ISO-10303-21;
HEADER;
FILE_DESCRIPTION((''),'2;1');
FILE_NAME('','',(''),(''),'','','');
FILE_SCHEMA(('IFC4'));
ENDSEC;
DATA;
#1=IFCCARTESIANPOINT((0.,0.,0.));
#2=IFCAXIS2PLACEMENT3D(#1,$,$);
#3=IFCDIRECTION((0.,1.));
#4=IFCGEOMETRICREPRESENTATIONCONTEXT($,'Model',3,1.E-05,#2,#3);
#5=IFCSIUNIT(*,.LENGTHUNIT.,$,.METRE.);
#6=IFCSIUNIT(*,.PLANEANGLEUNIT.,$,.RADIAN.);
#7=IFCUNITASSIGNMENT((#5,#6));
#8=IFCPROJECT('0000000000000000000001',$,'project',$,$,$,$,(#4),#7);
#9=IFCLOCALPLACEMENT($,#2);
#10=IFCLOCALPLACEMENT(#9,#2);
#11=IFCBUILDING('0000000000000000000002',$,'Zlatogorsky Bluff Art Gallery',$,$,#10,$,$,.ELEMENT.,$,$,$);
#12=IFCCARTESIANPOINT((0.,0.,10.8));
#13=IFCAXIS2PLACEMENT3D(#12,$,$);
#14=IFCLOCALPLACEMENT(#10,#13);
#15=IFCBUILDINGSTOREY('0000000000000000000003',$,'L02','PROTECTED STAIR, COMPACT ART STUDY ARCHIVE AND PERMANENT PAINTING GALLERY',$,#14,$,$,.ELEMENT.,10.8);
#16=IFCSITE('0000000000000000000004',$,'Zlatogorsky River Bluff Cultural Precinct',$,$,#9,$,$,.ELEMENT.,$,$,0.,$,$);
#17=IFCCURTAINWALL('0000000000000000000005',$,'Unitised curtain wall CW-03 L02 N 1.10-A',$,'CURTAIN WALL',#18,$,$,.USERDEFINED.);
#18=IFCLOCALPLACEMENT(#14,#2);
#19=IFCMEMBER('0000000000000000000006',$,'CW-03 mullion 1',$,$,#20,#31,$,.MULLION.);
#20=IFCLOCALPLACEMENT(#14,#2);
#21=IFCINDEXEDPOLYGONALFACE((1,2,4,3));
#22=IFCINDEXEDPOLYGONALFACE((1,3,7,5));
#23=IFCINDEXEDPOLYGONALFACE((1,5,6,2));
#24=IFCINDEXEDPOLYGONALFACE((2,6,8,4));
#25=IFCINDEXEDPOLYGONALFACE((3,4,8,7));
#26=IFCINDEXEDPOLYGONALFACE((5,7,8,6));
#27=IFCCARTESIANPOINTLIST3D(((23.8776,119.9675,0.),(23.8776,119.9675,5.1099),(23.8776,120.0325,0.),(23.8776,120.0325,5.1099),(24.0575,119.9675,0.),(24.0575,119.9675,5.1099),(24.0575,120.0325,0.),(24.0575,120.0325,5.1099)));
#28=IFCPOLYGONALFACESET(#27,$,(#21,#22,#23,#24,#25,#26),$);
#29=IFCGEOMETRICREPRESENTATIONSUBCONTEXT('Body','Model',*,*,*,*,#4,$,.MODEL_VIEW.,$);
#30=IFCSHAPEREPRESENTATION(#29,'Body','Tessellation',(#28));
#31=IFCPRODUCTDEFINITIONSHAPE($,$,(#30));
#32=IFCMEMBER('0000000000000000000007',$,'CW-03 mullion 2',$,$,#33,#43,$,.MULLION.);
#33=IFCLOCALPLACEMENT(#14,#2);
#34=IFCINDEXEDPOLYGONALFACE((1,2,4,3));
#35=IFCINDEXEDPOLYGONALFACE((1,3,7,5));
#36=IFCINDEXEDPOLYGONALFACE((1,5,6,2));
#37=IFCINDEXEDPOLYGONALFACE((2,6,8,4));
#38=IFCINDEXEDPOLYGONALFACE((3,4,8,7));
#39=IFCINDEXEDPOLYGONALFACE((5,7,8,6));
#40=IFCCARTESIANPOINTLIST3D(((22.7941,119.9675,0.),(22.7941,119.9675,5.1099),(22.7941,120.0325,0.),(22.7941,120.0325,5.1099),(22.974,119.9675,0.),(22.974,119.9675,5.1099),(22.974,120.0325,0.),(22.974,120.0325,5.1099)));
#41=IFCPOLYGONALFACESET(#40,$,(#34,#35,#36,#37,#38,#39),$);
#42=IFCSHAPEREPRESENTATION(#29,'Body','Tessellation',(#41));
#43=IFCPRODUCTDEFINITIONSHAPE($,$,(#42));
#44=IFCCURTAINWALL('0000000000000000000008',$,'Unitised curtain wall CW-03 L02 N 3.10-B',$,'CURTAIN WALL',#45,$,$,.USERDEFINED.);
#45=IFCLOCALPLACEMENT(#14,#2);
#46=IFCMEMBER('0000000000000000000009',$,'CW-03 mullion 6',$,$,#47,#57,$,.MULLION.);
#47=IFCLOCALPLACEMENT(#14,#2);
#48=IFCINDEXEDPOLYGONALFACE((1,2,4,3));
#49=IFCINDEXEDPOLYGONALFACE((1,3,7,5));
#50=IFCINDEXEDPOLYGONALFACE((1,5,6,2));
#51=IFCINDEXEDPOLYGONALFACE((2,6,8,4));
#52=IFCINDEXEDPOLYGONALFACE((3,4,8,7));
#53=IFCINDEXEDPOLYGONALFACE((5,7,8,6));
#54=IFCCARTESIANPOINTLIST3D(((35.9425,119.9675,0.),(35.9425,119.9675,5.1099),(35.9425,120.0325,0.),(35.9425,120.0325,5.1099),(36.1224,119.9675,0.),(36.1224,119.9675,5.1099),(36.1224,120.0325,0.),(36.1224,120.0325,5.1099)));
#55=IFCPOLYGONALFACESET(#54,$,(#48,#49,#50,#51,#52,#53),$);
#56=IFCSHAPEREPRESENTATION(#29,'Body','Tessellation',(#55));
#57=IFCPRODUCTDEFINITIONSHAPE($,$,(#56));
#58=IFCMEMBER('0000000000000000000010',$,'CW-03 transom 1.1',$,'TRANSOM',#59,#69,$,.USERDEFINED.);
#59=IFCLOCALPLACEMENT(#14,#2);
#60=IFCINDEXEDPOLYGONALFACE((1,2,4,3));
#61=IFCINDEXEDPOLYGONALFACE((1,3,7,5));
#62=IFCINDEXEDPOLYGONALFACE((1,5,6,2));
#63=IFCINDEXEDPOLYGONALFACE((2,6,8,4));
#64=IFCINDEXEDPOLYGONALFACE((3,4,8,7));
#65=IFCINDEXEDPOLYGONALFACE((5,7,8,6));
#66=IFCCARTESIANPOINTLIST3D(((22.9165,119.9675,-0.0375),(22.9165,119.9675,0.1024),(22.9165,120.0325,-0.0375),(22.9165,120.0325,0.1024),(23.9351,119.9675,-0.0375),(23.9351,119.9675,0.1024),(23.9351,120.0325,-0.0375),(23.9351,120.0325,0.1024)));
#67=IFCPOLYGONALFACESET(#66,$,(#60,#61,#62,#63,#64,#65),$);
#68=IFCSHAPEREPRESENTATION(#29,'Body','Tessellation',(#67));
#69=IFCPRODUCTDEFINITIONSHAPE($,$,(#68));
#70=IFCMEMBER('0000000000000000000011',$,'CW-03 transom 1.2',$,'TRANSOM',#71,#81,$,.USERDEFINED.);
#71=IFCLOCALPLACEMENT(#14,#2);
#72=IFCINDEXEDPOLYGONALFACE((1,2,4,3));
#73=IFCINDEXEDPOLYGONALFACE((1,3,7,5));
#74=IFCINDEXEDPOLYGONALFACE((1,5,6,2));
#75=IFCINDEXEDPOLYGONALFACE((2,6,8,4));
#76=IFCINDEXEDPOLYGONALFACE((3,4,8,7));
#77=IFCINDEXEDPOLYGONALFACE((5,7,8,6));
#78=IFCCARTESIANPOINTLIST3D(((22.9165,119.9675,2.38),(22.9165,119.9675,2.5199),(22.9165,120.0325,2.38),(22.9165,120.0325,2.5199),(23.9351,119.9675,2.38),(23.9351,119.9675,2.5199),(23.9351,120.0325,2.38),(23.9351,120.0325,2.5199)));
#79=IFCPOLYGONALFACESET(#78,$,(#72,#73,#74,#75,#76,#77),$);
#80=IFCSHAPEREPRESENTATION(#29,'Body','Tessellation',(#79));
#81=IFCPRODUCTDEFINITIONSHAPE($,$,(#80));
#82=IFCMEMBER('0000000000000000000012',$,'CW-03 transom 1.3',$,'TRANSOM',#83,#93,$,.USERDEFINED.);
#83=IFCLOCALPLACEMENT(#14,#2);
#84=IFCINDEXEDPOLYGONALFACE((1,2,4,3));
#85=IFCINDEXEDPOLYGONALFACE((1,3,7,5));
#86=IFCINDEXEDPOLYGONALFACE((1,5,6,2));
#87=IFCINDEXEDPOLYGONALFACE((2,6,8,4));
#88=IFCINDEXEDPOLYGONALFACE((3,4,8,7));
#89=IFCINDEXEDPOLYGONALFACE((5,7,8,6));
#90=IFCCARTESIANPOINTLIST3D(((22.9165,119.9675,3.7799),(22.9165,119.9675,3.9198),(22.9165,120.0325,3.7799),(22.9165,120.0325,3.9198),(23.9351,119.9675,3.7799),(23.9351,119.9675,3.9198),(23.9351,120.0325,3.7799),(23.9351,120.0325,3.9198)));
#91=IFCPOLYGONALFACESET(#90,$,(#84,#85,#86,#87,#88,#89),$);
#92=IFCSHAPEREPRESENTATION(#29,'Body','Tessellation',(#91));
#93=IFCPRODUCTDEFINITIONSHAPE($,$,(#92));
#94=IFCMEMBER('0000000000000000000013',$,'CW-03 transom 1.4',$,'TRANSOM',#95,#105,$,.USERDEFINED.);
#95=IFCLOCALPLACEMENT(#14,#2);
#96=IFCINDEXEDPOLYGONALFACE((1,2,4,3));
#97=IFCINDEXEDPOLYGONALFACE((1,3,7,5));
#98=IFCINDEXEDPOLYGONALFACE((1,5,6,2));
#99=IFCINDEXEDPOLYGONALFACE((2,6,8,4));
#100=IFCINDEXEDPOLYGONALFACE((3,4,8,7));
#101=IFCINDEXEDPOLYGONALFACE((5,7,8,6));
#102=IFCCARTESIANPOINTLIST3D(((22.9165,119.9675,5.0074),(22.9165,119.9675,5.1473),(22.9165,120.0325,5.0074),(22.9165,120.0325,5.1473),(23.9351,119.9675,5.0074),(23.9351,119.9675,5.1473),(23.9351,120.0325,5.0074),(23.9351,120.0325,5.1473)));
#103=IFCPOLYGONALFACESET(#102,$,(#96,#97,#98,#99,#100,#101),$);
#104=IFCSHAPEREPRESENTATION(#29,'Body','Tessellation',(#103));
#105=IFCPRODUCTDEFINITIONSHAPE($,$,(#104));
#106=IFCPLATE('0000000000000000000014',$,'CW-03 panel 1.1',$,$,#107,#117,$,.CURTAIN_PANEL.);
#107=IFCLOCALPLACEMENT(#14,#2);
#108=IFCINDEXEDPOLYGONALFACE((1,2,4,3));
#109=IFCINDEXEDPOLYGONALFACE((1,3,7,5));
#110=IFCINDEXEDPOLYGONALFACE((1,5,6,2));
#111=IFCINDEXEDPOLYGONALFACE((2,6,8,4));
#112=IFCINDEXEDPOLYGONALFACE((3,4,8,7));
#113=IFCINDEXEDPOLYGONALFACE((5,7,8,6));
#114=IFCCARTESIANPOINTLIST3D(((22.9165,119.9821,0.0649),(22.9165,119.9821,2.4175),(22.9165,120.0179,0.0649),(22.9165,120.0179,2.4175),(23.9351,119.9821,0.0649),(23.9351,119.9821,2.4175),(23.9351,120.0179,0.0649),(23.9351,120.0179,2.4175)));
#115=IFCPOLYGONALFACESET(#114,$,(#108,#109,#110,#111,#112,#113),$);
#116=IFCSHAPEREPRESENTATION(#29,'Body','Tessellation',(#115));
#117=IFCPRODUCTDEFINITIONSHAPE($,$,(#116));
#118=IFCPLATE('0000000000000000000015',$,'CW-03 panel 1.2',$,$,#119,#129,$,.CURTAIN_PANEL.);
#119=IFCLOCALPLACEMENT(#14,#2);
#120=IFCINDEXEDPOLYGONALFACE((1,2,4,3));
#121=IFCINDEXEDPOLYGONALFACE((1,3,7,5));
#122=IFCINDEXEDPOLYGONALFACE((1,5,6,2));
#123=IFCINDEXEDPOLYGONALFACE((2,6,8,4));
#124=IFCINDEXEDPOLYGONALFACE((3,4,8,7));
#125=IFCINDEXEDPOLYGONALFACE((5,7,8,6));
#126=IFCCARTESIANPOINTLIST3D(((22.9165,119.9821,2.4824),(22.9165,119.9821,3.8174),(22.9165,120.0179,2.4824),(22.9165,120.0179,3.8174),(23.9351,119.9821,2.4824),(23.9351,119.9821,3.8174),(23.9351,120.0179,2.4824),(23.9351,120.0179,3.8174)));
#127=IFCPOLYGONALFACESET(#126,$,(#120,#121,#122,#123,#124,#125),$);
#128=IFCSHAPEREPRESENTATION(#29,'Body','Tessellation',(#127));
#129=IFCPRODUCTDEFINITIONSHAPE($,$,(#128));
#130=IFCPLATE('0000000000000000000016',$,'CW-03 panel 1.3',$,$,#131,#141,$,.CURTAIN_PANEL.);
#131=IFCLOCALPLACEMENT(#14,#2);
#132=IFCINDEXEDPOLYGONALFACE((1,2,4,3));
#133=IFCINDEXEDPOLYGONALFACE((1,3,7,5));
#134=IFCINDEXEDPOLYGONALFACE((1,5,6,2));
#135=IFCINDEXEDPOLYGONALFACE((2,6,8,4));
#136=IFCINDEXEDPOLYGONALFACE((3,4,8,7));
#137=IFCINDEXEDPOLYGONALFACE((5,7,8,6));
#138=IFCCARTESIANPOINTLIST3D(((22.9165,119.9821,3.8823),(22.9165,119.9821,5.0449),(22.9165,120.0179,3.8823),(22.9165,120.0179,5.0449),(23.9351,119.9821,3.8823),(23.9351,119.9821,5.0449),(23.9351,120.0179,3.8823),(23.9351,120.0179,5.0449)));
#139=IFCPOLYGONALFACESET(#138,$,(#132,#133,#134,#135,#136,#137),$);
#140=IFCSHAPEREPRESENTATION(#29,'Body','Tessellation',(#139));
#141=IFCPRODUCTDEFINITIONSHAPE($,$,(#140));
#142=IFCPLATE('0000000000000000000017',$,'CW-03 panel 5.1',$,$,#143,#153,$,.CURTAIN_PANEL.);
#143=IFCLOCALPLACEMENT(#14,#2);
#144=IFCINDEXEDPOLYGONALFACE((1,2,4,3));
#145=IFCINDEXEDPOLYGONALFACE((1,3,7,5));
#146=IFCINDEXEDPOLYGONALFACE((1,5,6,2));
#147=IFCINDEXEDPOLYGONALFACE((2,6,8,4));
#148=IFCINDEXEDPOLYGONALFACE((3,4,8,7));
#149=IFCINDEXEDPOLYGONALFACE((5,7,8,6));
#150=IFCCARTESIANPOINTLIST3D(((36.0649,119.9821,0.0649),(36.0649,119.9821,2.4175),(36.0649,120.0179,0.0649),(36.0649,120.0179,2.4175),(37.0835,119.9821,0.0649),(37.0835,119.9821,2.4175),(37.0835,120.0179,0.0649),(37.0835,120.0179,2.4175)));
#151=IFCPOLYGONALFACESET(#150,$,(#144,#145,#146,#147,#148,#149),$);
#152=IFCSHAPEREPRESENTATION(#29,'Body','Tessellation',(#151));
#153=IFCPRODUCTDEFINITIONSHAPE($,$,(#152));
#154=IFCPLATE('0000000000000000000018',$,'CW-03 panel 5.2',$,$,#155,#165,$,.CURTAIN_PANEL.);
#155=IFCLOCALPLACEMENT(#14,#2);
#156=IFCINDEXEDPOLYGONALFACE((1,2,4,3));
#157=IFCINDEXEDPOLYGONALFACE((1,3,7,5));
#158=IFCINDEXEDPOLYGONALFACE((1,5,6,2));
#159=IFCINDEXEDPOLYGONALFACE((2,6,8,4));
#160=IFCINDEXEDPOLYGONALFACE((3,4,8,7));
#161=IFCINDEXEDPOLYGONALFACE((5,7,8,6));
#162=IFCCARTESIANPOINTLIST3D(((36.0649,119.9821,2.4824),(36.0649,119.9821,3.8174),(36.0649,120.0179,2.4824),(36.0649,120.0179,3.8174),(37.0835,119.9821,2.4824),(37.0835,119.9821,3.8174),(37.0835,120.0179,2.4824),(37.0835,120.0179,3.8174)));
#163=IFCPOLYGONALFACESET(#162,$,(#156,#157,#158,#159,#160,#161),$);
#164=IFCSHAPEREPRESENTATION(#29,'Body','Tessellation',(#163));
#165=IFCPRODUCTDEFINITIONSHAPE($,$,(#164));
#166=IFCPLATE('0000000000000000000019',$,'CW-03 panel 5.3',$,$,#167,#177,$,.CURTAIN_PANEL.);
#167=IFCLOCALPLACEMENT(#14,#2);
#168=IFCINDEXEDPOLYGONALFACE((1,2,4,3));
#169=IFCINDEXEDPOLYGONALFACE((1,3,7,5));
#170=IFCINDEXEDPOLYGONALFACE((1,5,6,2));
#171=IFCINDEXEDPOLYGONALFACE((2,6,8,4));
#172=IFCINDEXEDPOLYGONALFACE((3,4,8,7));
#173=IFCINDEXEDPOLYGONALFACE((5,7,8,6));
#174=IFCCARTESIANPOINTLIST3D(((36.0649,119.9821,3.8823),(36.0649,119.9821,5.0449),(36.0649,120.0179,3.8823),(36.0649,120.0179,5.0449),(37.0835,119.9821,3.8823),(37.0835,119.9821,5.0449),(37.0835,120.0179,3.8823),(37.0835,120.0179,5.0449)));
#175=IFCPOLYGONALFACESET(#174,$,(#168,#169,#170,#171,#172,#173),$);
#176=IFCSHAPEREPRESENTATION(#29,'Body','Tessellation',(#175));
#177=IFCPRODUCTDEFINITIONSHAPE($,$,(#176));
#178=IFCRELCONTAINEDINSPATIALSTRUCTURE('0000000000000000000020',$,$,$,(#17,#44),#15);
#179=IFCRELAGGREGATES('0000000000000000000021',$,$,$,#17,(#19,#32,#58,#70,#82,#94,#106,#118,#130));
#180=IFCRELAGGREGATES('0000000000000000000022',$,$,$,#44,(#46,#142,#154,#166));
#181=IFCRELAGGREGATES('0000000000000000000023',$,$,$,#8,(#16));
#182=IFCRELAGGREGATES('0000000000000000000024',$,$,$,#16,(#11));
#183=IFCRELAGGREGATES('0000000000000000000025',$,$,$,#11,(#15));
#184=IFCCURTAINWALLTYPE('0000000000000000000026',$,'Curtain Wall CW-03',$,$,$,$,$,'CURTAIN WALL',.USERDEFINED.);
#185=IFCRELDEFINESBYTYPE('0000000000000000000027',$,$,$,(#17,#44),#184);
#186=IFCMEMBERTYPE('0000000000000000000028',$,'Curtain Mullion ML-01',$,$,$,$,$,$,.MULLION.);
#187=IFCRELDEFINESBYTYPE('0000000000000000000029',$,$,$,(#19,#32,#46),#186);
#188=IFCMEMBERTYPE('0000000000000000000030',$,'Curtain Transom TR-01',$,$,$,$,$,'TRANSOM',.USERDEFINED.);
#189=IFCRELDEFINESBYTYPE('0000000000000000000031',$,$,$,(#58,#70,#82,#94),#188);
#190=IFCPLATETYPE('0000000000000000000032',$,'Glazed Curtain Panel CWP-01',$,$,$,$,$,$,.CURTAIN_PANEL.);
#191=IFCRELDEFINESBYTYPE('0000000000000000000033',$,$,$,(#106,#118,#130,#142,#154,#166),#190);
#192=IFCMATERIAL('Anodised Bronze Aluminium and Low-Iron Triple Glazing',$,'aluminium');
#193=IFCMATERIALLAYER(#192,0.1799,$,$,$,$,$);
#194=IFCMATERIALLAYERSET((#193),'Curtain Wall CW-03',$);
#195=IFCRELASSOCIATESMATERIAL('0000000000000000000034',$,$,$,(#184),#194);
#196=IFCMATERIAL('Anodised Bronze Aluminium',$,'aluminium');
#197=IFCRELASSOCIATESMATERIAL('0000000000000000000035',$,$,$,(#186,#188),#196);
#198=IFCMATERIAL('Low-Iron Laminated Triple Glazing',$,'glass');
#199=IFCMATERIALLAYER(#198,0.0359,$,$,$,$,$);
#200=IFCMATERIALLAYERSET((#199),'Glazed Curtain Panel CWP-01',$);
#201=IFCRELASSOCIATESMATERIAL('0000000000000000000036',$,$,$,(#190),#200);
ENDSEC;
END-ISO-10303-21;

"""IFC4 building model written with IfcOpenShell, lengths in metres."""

from ifc_helpers import new_model, si_unit, direction, frame, origin, origin_2d, place, context, subcontext, project, spatial, rectangle, extrude, material, layer, layer_set, material_profile, profile_set, type_object, element, aggregate, save


model = new_model("IFC4")

# Units and contexts
model_context = context("Model", 3, precision=1e-05, world=origin(), true_north=direction((0.0, 1.0)))
body_context = subcontext(model_context, "Body", "Model", "MODEL_VIEW")
ifc_project = project(units=[si_unit("LENGTHUNIT", "METRE"), si_unit("PLANEANGLEUNIT", "RADIAN")], contexts=[model_context])

# Site, building, storey
site_placement = place(None, origin())
site = spatial("IfcSite", under=ifc_project, at=site_placement, Name="Zlatogorsky River Bluff Cultural Precinct", CompositionType="ELEMENT", RefElevation=0.0)
building_placement = place(site_placement, origin())
building = spatial("IfcBuilding", under=site, at=building_placement, Name="Zlatogorsky Bluff Art Gallery", CompositionType="ELEMENT")
storey_placement = place(building_placement, frame((0.0, 0.0, 10.8)))
storey = spatial("IfcBuildingStorey", under=building, at=storey_placement, Name="L02", Description="PROTECTED STAIR, COMPACT ART STUDY ARCHIVE AND PERMANENT PAINTING GALLERY", CompositionType="ELEMENT", Elevation=10.8)

# Curtain wall, members
ifc_material_1 = material(Name="Anodised Bronze Aluminium and Low-Iron Triple Glazing", Category="aluminium")
ifc_layer_1 = layer(ifc_material_1, 0.1799)
ifc_layer_set_1 = layer_set([ifc_layer_1], Name="Curtain Wall CW-03")
curtain_wall_type = type_object("IfcCurtainWallType", Name="Curtain Wall CW-03", ElementType="CURTAIN WALL", PredefinedType="USERDEFINED", material=ifc_layer_set_1)
curtain_wall_1_placement = place(storey_placement, origin())
curtain_wall_1 = element("IfcCurtainWall", 1, at=curtain_wall_1_placement, inside=storey, type_object=curtain_wall_type, Name="Unitised curtain wall CW-03 L02 N 1.10-A", ObjectType="CURTAIN WALL", PredefinedType="USERDEFINED")
ifc_material_2 = material(Name="Anodised Bronze Aluminium", Category="aluminium")
ifc_material_profile_1 = material_profile(ifc_material_2, rectangle(XDim=0.0649, YDim=0.1799, at=origin_2d()), Name="ALU MULLION 65x180")
ifc_profile_set_1 = profile_set([ifc_material_profile_1], Name="Anodised Bronze Aluminium")
member_type_1 = type_object("IfcMemberType", Name="Curtain Mullion ML-01", PredefinedType="MULLION", material=ifc_profile_set_1)
member_1_placement = place(storey_placement, frame((23.9675, 120.0, 0.0), z_axis=(0.0, 0.0, 1.0), x_axis=(0.0, -1.0, 0.0)))
member_1 = element("IfcMember", 2, at=member_1_placement, type_object=member_type_1, Name="CW-03 mullion 1", PredefinedType="MULLION", context=body_context, shape_type="SweptSolid", body=[
    extrude(rectangle(XDim=0.0649, YDim=0.1799, at=origin_2d()), origin(), (0.0, 0.0, 1.0), 5.1099),
])
member_2_placement = place(storey_placement, frame((22.884, 120.0, 0.0), z_axis=(0.0, 0.0, 1.0), x_axis=(0.0, -1.0, 0.0)))
member_2 = element("IfcMember", 3, at=member_2_placement, type_object=member_type_1, Name="CW-03 mullion 2", PredefinedType="MULLION", context=body_context, shape_type="SweptSolid", body=[
    extrude(rectangle(XDim=0.0649, YDim=0.1799, at=origin_2d()), origin(), (0.0, 0.0, 1.0), 5.1099),
])

# Curtain wall, member
curtain_wall_2_placement = place(storey_placement, origin())
curtain_wall_2 = element("IfcCurtainWall", 4, at=curtain_wall_2_placement, inside=storey, type_object=curtain_wall_type, Name="Unitised curtain wall CW-03 L02 N 3.10-B", ObjectType="CURTAIN WALL", PredefinedType="USERDEFINED")
member_3_placement = place(storey_placement, frame((36.0325, 120.0, 0.0), z_axis=(0.0, 0.0, 1.0), x_axis=(0.0, -1.0, 0.0)))
member_3 = element("IfcMember", 5, at=member_3_placement, type_object=member_type_1, Name="CW-03 mullion 6", PredefinedType="MULLION", context=body_context, shape_type="SweptSolid", body=[
    extrude(rectangle(XDim=0.0649, YDim=0.1799, at=origin_2d()), origin(), (0.0, 0.0, 1.0), 5.1099),
])

# Members
ifc_material_profile_2 = material_profile(ifc_material_2, rectangle(XDim=0.0649, YDim=0.1399, at=origin_2d()), Name="ALU TRANSOM 65x140")
ifc_profile_set_2 = profile_set([ifc_material_profile_2], Name="Anodised Bronze Aluminium")
member_type_2 = type_object("IfcMemberType", Name="Curtain Transom TR-01", ElementType="TRANSOM", PredefinedType="USERDEFINED", material=ifc_profile_set_2)
member_4_placement = place(storey_placement, frame((23.9351, 120.0, 0.0325), z_axis=(-1.0, 0.0, 0.0), x_axis=(0.0, -1.0, 0.0)))
member_4 = element("IfcMember", 6, at=member_4_placement, type_object=member_type_2, Name="CW-03 transom 1.1", ObjectType="TRANSOM", PredefinedType="USERDEFINED", context=body_context, shape_type="SweptSolid", body=[
    extrude(rectangle(XDim=0.0649, YDim=0.1399, at=origin_2d()), origin(), (0.0, 0.0, 1.0), 1.0186),
])
member_5_placement = place(storey_placement, frame((23.9351, 120.0, 2.45), z_axis=(-1.0, 0.0, 0.0), x_axis=(0.0, -1.0, 0.0)))
member_5 = element("IfcMember", 7, at=member_5_placement, type_object=member_type_2, Name="CW-03 transom 1.2", ObjectType="TRANSOM", PredefinedType="USERDEFINED", context=body_context, shape_type="SweptSolid", body=[
    extrude(rectangle(XDim=0.0649, YDim=0.1399, at=origin_2d()), origin(), (0.0, 0.0, 1.0), 1.0186),
])
member_6_placement = place(storey_placement, frame((23.9351, 120.0, 3.8499), z_axis=(-1.0, 0.0, 0.0), x_axis=(0.0, -1.0, 0.0)))
member_6 = element("IfcMember", 8, at=member_6_placement, type_object=member_type_2, Name="CW-03 transom 1.3", ObjectType="TRANSOM", PredefinedType="USERDEFINED", context=body_context, shape_type="SweptSolid", body=[
    extrude(rectangle(XDim=0.0649, YDim=0.1399, at=origin_2d()), origin(), (0.0, 0.0, 1.0), 1.0186),
])
member_7_placement = place(storey_placement, frame((23.9351, 120.0, 5.0774), z_axis=(-1.0, 0.0, 0.0), x_axis=(0.0, -1.0, 0.0)))
member_7 = element("IfcMember", 9, at=member_7_placement, type_object=member_type_2, Name="CW-03 transom 1.4", ObjectType="TRANSOM", PredefinedType="USERDEFINED", context=body_context, shape_type="SweptSolid", body=[
    extrude(rectangle(XDim=0.0649, YDim=0.1399, at=origin_2d()), origin(), (0.0, 0.0, 1.0), 1.0186),
])

# Plates
ifc_material_3 = material(Name="Low-Iron Laminated Triple Glazing", Category="glass")
ifc_layer_2 = layer(ifc_material_3, 0.0359)
ifc_layer_set_2 = layer_set([ifc_layer_2], Name="Glazed Curtain Panel CWP-01")
plate_type = type_object("IfcPlateType", Name="Glazed Curtain Panel CWP-01", PredefinedType="CURTAIN_PANEL", material=ifc_layer_set_2)
plate_1_placement = place(storey_placement, frame((23.4258, 120.0, 0.0649), z_axis=(0.0, 0.0, 1.0), x_axis=(-1.0, 0.0, 0.0)))
plate_1 = element("IfcPlate", 10, at=plate_1_placement, type_object=plate_type, Name="CW-03 panel 1.1", PredefinedType="CURTAIN_PANEL", context=body_context, shape_type="SweptSolid", body=[
    extrude(rectangle(XDim=1.0186, YDim=0.0359, at=origin_2d()), origin(), (0.0, 0.0, 1.0), 2.3525),
])
plate_2_placement = place(storey_placement, frame((23.4258, 120.0, 2.4824), z_axis=(0.0, 0.0, 1.0), x_axis=(-1.0, 0.0, 0.0)))
plate_2 = element("IfcPlate", 11, at=plate_2_placement, type_object=plate_type, Name="CW-03 panel 1.2", PredefinedType="CURTAIN_PANEL", context=body_context, shape_type="SweptSolid", body=[
    extrude(rectangle(XDim=1.0186, YDim=0.0359, at=origin_2d()), origin(), (0.0, 0.0, 1.0), 1.335),
])
plate_3_placement = place(storey_placement, frame((23.4258, 120.0, 3.8823), z_axis=(0.0, 0.0, 1.0), x_axis=(-1.0, 0.0, 0.0)))
plate_3 = element("IfcPlate", 12, at=plate_3_placement, type_object=plate_type, Name="CW-03 panel 1.3", PredefinedType="CURTAIN_PANEL", context=body_context, shape_type="SweptSolid", body=[
    extrude(rectangle(XDim=1.0186, YDim=0.0359, at=origin_2d()), origin(), (0.0, 0.0, 1.0), 1.1626),
])
aggregate(curtain_wall_1, [member_1, member_2, member_4, member_5, member_6, member_7, plate_1, plate_2, plate_3])
plate_4_placement = place(storey_placement, frame((36.5742, 120.0, 0.0649), z_axis=(0.0, 0.0, 1.0), x_axis=(-1.0, 0.0, 0.0)))
plate_4 = element("IfcPlate", 13, at=plate_4_placement, type_object=plate_type, Name="CW-03 panel 5.1", PredefinedType="CURTAIN_PANEL", context=body_context, shape_type="SweptSolid", body=[
    extrude(rectangle(XDim=1.0186, YDim=0.0359, at=origin_2d()), origin(), (0.0, 0.0, 1.0), 2.3525),
])
plate_5_placement = place(storey_placement, frame((36.5742, 120.0, 2.4824), z_axis=(0.0, 0.0, 1.0), x_axis=(-1.0, 0.0, 0.0)))
plate_5 = element("IfcPlate", 14, at=plate_5_placement, type_object=plate_type, Name="CW-03 panel 5.2", PredefinedType="CURTAIN_PANEL", context=body_context, shape_type="SweptSolid", body=[
    extrude(rectangle(XDim=1.0186, YDim=0.0359, at=origin_2d()), origin(), (0.0, 0.0, 1.0), 1.335),
])
plate_6_placement = place(storey_placement, frame((36.5742, 120.0, 3.8823), z_axis=(0.0, 0.0, 1.0), x_axis=(-1.0, 0.0, 0.0)))
plate_6 = element("IfcPlate", 15, at=plate_6_placement, type_object=plate_type, Name="CW-03 panel 5.3", PredefinedType="CURTAIN_PANEL", context=body_context, shape_type="SweptSolid", body=[
    extrude(rectangle(XDim=1.0186, YDim=0.0359, at=origin_2d()), origin(), (0.0, 0.0, 1.0), 1.1626),
])
aggregate(curtain_wall_2, [member_3, plate_4, plate_5, plate_6])

save(model, "model.ifc")
